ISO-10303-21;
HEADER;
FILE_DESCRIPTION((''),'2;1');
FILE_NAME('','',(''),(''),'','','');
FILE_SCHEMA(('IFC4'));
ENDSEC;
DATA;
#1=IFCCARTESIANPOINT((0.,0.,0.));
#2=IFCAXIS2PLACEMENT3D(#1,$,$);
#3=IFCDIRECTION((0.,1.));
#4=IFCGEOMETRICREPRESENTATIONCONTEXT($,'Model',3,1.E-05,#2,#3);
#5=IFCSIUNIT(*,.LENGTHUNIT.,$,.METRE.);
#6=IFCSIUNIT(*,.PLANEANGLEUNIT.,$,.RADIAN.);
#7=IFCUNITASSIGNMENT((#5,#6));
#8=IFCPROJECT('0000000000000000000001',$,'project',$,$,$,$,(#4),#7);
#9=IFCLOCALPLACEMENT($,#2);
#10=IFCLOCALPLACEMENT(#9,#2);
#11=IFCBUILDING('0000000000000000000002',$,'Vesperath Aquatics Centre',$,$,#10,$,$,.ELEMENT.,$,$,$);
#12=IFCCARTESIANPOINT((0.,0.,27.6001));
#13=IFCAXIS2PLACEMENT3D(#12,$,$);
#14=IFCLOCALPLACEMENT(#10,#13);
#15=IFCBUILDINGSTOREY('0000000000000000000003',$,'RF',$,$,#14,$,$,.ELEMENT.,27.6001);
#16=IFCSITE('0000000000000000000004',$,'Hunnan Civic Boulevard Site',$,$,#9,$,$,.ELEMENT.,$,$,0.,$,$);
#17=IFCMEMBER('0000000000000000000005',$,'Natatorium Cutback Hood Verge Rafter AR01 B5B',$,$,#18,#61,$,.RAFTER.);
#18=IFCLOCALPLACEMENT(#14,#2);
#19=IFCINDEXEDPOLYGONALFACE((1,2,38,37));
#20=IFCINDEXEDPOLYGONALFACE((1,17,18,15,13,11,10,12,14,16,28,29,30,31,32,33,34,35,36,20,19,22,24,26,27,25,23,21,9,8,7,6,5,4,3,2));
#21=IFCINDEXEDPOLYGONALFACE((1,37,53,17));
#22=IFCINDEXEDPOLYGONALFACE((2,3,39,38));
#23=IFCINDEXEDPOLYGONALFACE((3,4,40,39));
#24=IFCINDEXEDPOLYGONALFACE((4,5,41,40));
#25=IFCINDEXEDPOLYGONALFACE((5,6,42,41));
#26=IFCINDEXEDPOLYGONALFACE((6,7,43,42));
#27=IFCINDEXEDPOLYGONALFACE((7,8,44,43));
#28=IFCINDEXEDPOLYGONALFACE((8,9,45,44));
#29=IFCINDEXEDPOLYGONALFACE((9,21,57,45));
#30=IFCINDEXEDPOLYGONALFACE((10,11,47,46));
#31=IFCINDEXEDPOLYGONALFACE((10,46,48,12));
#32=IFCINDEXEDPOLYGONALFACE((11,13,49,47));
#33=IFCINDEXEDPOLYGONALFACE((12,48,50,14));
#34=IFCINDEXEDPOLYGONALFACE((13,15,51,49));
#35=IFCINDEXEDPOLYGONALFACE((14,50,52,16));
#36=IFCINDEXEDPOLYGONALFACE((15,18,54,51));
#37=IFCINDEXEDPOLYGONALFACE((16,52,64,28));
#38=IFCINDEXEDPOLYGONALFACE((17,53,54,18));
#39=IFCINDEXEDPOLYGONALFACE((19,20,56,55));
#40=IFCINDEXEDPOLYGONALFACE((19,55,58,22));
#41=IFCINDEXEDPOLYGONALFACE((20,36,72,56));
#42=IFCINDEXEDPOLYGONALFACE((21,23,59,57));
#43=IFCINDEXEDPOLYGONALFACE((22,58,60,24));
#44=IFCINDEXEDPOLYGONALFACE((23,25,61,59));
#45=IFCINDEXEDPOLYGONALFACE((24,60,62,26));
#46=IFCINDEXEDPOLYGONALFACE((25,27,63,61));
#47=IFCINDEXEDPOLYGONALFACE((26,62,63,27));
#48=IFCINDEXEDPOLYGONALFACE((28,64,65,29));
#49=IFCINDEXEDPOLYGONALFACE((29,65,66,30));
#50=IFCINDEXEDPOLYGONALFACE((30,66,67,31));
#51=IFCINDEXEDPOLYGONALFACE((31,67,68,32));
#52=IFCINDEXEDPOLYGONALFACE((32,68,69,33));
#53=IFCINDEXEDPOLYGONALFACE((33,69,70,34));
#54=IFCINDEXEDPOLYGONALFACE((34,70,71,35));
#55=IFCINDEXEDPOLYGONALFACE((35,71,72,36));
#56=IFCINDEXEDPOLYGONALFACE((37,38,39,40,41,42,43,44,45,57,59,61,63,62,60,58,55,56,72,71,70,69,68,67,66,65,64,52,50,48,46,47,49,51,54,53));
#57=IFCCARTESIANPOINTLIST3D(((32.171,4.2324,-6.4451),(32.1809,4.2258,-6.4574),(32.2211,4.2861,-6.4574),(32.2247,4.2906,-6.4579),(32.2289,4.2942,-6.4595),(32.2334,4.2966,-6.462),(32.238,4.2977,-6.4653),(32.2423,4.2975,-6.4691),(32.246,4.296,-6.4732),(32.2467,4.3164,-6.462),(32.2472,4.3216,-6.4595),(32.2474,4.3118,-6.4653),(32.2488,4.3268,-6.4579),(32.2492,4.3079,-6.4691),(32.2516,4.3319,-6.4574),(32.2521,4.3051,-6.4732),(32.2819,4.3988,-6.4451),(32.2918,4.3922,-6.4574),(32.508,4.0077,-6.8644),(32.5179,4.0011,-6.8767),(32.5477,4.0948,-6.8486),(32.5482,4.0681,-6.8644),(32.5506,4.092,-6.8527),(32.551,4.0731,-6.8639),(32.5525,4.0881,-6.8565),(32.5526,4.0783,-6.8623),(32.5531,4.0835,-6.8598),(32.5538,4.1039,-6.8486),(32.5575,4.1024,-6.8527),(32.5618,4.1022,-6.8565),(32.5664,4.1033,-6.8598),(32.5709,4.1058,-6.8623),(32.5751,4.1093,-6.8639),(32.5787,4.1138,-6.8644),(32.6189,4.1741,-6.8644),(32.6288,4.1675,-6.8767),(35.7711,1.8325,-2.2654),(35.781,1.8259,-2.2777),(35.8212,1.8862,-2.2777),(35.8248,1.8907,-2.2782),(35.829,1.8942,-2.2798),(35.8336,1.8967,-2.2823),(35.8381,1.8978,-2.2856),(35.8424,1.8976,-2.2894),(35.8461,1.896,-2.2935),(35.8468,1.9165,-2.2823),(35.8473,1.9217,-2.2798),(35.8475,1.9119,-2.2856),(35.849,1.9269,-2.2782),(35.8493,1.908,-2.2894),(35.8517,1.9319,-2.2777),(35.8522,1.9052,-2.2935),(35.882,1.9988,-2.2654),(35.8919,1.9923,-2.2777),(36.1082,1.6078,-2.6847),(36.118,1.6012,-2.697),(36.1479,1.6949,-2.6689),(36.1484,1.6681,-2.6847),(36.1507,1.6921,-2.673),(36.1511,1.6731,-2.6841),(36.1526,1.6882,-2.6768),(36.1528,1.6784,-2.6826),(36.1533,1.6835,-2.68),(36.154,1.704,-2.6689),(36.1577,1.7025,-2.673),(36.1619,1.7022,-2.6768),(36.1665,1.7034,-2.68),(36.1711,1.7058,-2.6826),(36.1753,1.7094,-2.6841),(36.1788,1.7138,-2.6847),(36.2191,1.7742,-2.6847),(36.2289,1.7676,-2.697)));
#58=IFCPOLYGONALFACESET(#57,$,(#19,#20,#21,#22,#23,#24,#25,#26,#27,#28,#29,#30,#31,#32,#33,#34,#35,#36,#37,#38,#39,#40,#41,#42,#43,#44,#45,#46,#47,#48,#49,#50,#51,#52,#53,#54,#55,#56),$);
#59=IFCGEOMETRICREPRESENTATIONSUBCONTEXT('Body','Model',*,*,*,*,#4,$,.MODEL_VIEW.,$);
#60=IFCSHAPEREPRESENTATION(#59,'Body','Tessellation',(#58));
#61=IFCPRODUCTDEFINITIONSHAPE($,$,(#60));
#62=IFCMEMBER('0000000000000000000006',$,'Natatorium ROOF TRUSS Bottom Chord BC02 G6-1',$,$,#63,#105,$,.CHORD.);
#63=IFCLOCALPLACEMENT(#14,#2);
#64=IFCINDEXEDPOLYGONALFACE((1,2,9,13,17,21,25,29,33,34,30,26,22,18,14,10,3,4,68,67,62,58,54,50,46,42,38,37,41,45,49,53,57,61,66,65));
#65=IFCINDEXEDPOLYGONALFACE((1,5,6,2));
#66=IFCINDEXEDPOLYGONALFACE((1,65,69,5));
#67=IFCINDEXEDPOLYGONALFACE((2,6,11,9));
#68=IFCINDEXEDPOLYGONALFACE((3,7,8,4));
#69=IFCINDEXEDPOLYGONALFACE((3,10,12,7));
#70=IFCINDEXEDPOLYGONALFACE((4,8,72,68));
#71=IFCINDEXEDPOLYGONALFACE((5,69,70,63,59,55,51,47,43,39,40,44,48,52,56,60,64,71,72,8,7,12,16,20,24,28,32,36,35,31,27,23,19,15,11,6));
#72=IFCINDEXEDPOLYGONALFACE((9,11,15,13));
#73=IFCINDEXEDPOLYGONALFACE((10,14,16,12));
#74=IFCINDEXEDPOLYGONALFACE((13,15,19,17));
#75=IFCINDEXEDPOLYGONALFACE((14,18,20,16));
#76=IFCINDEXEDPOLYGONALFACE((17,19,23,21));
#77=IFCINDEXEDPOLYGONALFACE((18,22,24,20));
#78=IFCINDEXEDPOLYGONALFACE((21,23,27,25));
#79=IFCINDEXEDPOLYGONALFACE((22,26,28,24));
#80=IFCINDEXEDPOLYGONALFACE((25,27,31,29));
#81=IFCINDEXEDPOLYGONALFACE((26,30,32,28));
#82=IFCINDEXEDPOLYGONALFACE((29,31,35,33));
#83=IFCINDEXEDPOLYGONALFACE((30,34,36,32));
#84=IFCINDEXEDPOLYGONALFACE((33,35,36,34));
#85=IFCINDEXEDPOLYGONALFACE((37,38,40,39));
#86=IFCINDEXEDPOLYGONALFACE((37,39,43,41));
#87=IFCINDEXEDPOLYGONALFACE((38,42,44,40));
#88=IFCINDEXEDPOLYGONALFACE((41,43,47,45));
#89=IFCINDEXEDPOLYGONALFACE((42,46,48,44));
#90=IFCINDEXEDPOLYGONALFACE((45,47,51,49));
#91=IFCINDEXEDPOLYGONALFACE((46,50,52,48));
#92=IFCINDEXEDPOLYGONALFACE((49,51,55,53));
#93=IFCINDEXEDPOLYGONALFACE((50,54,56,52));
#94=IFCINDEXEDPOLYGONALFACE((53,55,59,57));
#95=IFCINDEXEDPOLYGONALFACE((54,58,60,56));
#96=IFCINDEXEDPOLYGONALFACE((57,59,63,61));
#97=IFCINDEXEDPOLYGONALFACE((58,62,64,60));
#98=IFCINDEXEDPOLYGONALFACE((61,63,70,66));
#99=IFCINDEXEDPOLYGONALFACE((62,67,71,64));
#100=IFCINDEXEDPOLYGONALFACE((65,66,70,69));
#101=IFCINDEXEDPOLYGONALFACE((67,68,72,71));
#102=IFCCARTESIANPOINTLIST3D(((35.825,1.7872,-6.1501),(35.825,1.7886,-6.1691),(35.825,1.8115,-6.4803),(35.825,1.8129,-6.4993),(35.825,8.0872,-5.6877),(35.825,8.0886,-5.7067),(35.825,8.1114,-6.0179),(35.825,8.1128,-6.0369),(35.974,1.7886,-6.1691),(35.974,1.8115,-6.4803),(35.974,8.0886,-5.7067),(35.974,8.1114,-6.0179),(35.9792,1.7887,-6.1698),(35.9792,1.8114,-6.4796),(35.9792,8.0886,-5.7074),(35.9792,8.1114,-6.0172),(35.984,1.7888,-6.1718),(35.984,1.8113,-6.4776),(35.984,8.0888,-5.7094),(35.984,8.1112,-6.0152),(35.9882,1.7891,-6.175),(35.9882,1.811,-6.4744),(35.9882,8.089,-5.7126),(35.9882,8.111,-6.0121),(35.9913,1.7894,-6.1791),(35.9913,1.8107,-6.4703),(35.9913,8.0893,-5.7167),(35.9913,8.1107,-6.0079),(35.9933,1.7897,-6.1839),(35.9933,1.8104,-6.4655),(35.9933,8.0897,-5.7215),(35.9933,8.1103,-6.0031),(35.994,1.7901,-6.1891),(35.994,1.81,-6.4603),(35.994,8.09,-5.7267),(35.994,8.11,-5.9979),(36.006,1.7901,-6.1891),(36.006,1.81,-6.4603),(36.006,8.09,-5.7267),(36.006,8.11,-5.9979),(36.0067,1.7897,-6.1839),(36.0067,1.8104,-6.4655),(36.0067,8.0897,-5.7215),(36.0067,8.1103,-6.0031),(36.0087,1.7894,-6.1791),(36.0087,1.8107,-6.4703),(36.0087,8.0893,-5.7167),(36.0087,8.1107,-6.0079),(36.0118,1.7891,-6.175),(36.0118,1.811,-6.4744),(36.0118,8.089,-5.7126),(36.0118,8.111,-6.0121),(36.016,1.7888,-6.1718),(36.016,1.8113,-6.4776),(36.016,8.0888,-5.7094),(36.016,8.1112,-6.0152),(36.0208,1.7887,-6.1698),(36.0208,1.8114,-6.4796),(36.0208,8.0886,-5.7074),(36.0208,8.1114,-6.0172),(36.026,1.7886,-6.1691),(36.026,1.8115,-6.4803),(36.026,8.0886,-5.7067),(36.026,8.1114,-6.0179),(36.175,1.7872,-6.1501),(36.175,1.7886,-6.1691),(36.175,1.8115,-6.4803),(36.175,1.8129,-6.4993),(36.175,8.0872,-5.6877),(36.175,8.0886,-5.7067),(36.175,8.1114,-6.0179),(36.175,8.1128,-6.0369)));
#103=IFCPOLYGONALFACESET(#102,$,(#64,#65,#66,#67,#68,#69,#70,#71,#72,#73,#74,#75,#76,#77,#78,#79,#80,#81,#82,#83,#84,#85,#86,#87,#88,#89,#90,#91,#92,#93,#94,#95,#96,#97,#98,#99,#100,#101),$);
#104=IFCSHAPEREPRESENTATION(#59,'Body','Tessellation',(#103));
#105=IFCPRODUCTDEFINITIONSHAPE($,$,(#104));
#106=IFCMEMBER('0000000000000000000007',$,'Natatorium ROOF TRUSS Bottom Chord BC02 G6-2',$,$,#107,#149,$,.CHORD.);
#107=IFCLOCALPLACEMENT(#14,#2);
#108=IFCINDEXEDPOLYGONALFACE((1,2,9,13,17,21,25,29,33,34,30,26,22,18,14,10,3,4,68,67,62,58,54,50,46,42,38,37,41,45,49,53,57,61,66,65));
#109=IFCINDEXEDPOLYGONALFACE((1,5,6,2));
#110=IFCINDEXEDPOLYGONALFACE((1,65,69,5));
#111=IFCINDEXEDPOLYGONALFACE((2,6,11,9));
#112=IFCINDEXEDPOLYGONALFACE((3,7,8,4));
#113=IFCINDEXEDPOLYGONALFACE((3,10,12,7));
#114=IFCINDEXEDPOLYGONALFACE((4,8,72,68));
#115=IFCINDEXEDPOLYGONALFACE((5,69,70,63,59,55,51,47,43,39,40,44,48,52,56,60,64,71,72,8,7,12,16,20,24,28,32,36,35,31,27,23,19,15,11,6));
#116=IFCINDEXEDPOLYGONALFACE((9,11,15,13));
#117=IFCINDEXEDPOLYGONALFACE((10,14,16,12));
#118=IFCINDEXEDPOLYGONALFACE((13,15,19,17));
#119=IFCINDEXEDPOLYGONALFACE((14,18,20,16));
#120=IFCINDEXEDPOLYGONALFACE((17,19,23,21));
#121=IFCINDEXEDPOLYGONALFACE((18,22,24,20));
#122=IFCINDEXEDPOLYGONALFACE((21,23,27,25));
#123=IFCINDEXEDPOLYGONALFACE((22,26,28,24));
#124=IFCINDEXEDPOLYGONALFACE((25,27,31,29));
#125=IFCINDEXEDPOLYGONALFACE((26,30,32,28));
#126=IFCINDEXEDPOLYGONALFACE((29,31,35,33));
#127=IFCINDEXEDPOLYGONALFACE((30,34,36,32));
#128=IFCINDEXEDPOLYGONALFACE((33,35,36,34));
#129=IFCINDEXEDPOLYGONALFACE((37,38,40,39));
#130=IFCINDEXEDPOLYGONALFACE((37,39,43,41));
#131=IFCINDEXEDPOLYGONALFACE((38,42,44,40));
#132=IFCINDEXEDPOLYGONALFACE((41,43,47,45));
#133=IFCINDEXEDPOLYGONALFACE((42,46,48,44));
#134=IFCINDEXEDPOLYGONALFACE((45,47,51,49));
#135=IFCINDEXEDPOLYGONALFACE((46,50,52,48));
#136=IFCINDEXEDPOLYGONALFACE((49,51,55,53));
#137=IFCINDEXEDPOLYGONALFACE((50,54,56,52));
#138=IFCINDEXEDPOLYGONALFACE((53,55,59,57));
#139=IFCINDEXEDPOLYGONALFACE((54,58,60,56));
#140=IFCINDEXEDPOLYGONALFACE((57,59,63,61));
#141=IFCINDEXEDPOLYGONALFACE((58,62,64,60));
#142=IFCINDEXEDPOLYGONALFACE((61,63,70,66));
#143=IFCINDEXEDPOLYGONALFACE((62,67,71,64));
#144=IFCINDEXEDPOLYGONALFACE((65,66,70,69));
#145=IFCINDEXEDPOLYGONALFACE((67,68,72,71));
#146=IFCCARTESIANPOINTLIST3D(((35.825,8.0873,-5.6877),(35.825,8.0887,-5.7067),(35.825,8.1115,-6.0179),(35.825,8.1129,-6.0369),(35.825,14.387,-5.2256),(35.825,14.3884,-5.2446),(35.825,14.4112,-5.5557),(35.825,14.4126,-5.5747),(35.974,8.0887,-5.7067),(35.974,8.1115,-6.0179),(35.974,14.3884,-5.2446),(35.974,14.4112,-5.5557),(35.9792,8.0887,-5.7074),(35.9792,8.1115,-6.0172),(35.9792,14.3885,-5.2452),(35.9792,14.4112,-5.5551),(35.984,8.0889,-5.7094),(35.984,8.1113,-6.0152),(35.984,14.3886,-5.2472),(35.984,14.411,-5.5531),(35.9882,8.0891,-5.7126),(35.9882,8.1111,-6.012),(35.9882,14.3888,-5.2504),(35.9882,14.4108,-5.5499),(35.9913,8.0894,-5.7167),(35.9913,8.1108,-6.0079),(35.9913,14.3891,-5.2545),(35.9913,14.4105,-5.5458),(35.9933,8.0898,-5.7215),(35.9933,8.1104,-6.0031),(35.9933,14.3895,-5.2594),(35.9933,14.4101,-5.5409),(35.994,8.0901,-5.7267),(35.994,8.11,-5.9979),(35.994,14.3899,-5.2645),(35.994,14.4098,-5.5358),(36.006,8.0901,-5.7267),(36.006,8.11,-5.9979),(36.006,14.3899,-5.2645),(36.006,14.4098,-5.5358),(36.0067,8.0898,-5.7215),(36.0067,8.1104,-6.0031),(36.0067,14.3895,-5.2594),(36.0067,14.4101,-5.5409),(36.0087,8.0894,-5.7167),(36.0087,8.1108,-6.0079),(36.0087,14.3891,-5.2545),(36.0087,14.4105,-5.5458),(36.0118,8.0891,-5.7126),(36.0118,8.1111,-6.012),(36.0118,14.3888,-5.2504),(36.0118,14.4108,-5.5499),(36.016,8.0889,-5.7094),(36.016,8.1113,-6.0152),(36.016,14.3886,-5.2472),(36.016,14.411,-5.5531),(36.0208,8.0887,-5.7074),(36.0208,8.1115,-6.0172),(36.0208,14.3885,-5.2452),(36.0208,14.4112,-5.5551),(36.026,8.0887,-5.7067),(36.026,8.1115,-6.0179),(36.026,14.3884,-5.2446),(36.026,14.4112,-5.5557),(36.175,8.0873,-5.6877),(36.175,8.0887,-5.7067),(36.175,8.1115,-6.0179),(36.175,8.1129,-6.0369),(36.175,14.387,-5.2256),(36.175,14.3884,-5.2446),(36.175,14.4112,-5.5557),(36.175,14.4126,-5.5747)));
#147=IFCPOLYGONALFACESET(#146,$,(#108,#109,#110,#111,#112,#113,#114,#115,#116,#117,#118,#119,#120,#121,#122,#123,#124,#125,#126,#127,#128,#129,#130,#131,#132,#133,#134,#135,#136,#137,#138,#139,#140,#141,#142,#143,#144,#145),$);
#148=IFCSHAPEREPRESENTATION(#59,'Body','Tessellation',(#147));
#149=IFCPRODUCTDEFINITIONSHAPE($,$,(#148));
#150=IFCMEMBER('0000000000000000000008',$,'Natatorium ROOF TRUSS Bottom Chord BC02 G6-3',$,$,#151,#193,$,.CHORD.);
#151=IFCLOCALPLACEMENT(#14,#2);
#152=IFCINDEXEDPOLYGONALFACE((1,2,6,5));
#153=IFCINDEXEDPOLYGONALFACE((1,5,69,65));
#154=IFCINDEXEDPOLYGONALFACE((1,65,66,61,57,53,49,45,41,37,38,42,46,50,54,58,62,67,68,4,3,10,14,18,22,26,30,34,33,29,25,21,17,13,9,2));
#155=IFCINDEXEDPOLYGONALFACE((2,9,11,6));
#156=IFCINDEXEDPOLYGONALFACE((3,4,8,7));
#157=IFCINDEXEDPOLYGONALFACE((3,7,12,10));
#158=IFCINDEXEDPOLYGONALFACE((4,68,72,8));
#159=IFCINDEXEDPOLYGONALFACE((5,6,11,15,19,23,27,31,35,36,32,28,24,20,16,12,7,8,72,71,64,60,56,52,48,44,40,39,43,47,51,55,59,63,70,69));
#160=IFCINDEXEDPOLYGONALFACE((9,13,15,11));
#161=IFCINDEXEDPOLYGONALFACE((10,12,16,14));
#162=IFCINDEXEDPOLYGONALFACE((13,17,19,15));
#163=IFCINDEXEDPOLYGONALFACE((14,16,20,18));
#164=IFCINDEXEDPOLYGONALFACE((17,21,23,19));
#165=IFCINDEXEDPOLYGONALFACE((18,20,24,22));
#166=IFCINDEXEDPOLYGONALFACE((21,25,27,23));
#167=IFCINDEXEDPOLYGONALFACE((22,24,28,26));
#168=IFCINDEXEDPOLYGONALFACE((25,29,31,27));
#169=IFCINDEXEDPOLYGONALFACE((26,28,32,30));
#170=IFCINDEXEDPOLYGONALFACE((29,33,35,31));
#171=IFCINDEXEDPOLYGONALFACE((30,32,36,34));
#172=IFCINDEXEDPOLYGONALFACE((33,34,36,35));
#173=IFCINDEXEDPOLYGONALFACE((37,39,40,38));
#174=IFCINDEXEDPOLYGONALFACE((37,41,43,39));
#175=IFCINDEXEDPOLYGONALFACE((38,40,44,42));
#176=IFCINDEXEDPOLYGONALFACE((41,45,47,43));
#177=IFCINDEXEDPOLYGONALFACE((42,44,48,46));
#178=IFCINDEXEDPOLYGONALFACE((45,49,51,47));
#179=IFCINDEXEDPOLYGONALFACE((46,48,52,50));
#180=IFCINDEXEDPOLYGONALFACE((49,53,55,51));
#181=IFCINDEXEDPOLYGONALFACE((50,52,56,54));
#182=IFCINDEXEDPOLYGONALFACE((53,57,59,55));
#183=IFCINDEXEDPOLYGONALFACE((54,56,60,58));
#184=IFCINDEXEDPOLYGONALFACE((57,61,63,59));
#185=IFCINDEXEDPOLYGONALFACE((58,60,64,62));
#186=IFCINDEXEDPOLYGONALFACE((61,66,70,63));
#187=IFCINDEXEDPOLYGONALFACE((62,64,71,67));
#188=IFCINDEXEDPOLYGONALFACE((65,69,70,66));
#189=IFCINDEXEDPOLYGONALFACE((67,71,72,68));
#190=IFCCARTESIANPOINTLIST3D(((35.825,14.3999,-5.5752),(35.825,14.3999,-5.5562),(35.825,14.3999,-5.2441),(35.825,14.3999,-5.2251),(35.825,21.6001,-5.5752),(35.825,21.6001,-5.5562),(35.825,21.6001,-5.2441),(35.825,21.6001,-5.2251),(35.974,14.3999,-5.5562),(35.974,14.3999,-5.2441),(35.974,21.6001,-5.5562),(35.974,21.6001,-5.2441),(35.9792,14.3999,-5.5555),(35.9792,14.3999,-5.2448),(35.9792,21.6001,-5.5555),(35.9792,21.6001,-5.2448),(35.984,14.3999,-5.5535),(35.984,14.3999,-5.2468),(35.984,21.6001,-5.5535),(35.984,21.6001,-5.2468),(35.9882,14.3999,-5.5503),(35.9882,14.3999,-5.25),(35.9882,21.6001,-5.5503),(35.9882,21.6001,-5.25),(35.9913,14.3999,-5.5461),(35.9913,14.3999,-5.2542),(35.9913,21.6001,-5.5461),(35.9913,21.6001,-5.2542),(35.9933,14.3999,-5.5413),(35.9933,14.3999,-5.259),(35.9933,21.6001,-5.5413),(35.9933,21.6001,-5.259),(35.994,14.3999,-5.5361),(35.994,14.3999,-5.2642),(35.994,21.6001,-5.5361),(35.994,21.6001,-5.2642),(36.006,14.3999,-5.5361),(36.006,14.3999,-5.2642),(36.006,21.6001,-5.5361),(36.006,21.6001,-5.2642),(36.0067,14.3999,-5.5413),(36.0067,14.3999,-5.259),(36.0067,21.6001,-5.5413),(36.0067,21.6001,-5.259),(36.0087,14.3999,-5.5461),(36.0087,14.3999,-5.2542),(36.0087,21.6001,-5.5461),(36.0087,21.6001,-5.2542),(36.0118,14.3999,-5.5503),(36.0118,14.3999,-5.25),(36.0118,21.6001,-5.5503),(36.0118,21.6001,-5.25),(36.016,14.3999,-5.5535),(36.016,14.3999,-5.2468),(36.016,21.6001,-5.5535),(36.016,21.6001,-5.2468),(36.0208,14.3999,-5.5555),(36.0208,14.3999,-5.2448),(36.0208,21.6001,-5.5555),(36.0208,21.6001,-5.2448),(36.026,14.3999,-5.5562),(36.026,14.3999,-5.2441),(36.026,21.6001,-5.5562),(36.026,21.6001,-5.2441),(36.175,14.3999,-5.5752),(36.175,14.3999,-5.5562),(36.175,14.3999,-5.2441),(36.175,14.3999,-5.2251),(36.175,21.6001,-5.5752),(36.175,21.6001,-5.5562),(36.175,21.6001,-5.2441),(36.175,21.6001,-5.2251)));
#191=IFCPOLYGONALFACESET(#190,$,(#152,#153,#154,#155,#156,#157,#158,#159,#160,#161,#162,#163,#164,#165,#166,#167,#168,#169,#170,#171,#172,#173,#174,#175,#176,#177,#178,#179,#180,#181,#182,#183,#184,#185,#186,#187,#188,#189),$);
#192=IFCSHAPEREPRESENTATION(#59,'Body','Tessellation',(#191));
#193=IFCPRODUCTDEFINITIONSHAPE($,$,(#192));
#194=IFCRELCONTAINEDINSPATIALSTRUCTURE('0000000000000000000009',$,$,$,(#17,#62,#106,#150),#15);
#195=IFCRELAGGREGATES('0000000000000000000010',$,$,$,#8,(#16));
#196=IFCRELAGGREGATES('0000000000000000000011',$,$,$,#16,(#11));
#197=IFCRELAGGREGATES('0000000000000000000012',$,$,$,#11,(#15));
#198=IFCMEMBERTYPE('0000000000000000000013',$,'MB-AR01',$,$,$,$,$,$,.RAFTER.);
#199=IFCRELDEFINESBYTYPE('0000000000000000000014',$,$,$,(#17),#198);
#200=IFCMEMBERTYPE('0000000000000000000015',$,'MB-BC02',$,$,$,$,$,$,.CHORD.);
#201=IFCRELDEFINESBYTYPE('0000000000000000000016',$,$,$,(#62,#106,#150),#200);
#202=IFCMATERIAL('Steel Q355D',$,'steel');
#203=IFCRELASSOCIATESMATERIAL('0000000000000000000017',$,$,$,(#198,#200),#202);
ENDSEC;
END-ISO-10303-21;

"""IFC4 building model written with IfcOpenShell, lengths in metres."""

from ifc_helpers import new_model, si_unit, direction, frame, origin, origin_2d, place, context, subcontext, project, spatial, i_section, extrude, material, material_profile, profile_set, type_object, element, save


model = new_model("IFC4")

# Units and contexts
model_context = context("Model", 3, precision=1e-05, world=origin(), true_north=direction((0.0, 1.0)))
body_context = subcontext(model_context, "Body", "Model", "MODEL_VIEW")
ifc_project = project(units=[si_unit("LENGTHUNIT", "METRE"), si_unit("PLANEANGLEUNIT", "RADIAN")], contexts=[model_context])

# Site, building, storey
site_placement = place(None, origin())
site = spatial("IfcSite", under=ifc_project, at=site_placement, Name="Hunnan Civic Boulevard Site", CompositionType="ELEMENT", RefElevation=0.0)
building_placement = place(site_placement, origin())
building = spatial("IfcBuilding", under=site, at=building_placement, Name="Vesperath Aquatics Centre", CompositionType="ELEMENT")
storey_placement = place(building_placement, frame((0.0, 0.0, 27.6001)))
storey = spatial("IfcBuildingStorey", under=building, at=storey_placement, Name="RF", CompositionType="ELEMENT", Elevation=27.6001)

# Members
ifc_material_1 = material(Name="Steel Q355D", Category="steel")
ifc_material_profile_1 = material_profile(ifc_material_1, i_section(OverallWidth=0.2, OverallDepth=0.6001, WebThickness=0.011, FlangeThickness=0.0171, FilletRadius=0.022, at=origin_2d()), Name="HN 600x200x11x17")
ifc_profile_set_1 = profile_set([ifc_material_profile_1], Name="Steel Q355D")
member_type_1 = type_object("IfcMemberType", Name="MB-AR01", PredefinedType="RAFTER", material=ifc_profile_set_1)
member_1_placement = place(storey_placement, frame((32.3999, 4.2, -6.6609), z_axis=(0.598439, -0.398932, 0.694783), x_axis=(0.554674, 0.832068, 0.0)))
element("IfcMember", 1, at=member_1_placement, inside=storey, type_object=member_type_1, Name="Natatorium Cutback Hood Verge Rafter AR01 B5B", PredefinedType="RAFTER", context=body_context, shape_type="SweptSolid", body=[
    extrude(i_section(OverallWidth=0.2, OverallDepth=0.6001, WebThickness=0.011, FlangeThickness=0.0171, FilletRadius=0.022, at=origin_2d()), origin(), (0.0, 0.0, 1.0), 6.0159),
])
ifc_material_profile_2 = material_profile(ifc_material_1, i_section(OverallWidth=0.3501, OverallDepth=0.3501, WebThickness=0.012, FlangeThickness=0.019, FilletRadius=0.02, at=origin_2d()), Name="HW 350x350x12x19")
ifc_profile_set_2 = profile_set([ifc_material_profile_2], Name="Steel Q355D")
member_type_2 = type_object("IfcMemberType", Name="MB-BC02", PredefinedType="CHORD", material=ifc_profile_set_2)
member_2_placement = place(storey_placement, frame((36.0, 1.8, -6.3247), z_axis=(0.0, 0.997317, 0.0732), x_axis=(-1.0, 0.0, 0.0)))
element("IfcMember", 2, at=member_2_placement, inside=storey, type_object=member_type_2, Name="Natatorium ROOF TRUSS Bottom Chord BC02 G6-1", PredefinedType="CHORD", context=body_context, shape_type="SweptSolid", body=[
    extrude(i_section(OverallWidth=0.3501, OverallDepth=0.3501, WebThickness=0.012, FlangeThickness=0.019, FilletRadius=0.02, at=origin_2d()), origin(), (0.0, 0.0, 1.0), 6.3169),
])
member_3_placement = place(storey_placement, frame((36.0, 8.1001, -5.8623), z_axis=(0.0, 0.99732, 0.073164), x_axis=(-1.0, 0.0, 0.0)))
element("IfcMember", 3, at=member_3_placement, inside=storey, type_object=member_type_2, Name="Natatorium ROOF TRUSS Bottom Chord BC02 G6-2", PredefinedType="CHORD", context=body_context, shape_type="SweptSolid", body=[
    extrude(i_section(OverallWidth=0.3501, OverallDepth=0.3501, WebThickness=0.012, FlangeThickness=0.019, FilletRadius=0.02, at=origin_2d()), origin(), (0.0, 0.0, 1.0), 6.3167),
])
member_4_placement = place(storey_placement, frame((36.0, 14.3999, -5.4001), z_axis=(0.0, 1.0, 0.0), x_axis=(-1.0, 0.0, 0.0)))
element("IfcMember", 4, at=member_4_placement, inside=storey, type_object=member_type_2, Name="Natatorium ROOF TRUSS Bottom Chord BC02 G6-3", PredefinedType="CHORD", context=body_context, shape_type="SweptSolid", body=[
    extrude(i_section(OverallWidth=0.3501, OverallDepth=0.3501, WebThickness=0.012, FlangeThickness=0.019, FilletRadius=0.02, at=origin_2d()), origin(), (0.0, 0.0, 1.0), 7.2002),
])

save(model, "model.ifc")
